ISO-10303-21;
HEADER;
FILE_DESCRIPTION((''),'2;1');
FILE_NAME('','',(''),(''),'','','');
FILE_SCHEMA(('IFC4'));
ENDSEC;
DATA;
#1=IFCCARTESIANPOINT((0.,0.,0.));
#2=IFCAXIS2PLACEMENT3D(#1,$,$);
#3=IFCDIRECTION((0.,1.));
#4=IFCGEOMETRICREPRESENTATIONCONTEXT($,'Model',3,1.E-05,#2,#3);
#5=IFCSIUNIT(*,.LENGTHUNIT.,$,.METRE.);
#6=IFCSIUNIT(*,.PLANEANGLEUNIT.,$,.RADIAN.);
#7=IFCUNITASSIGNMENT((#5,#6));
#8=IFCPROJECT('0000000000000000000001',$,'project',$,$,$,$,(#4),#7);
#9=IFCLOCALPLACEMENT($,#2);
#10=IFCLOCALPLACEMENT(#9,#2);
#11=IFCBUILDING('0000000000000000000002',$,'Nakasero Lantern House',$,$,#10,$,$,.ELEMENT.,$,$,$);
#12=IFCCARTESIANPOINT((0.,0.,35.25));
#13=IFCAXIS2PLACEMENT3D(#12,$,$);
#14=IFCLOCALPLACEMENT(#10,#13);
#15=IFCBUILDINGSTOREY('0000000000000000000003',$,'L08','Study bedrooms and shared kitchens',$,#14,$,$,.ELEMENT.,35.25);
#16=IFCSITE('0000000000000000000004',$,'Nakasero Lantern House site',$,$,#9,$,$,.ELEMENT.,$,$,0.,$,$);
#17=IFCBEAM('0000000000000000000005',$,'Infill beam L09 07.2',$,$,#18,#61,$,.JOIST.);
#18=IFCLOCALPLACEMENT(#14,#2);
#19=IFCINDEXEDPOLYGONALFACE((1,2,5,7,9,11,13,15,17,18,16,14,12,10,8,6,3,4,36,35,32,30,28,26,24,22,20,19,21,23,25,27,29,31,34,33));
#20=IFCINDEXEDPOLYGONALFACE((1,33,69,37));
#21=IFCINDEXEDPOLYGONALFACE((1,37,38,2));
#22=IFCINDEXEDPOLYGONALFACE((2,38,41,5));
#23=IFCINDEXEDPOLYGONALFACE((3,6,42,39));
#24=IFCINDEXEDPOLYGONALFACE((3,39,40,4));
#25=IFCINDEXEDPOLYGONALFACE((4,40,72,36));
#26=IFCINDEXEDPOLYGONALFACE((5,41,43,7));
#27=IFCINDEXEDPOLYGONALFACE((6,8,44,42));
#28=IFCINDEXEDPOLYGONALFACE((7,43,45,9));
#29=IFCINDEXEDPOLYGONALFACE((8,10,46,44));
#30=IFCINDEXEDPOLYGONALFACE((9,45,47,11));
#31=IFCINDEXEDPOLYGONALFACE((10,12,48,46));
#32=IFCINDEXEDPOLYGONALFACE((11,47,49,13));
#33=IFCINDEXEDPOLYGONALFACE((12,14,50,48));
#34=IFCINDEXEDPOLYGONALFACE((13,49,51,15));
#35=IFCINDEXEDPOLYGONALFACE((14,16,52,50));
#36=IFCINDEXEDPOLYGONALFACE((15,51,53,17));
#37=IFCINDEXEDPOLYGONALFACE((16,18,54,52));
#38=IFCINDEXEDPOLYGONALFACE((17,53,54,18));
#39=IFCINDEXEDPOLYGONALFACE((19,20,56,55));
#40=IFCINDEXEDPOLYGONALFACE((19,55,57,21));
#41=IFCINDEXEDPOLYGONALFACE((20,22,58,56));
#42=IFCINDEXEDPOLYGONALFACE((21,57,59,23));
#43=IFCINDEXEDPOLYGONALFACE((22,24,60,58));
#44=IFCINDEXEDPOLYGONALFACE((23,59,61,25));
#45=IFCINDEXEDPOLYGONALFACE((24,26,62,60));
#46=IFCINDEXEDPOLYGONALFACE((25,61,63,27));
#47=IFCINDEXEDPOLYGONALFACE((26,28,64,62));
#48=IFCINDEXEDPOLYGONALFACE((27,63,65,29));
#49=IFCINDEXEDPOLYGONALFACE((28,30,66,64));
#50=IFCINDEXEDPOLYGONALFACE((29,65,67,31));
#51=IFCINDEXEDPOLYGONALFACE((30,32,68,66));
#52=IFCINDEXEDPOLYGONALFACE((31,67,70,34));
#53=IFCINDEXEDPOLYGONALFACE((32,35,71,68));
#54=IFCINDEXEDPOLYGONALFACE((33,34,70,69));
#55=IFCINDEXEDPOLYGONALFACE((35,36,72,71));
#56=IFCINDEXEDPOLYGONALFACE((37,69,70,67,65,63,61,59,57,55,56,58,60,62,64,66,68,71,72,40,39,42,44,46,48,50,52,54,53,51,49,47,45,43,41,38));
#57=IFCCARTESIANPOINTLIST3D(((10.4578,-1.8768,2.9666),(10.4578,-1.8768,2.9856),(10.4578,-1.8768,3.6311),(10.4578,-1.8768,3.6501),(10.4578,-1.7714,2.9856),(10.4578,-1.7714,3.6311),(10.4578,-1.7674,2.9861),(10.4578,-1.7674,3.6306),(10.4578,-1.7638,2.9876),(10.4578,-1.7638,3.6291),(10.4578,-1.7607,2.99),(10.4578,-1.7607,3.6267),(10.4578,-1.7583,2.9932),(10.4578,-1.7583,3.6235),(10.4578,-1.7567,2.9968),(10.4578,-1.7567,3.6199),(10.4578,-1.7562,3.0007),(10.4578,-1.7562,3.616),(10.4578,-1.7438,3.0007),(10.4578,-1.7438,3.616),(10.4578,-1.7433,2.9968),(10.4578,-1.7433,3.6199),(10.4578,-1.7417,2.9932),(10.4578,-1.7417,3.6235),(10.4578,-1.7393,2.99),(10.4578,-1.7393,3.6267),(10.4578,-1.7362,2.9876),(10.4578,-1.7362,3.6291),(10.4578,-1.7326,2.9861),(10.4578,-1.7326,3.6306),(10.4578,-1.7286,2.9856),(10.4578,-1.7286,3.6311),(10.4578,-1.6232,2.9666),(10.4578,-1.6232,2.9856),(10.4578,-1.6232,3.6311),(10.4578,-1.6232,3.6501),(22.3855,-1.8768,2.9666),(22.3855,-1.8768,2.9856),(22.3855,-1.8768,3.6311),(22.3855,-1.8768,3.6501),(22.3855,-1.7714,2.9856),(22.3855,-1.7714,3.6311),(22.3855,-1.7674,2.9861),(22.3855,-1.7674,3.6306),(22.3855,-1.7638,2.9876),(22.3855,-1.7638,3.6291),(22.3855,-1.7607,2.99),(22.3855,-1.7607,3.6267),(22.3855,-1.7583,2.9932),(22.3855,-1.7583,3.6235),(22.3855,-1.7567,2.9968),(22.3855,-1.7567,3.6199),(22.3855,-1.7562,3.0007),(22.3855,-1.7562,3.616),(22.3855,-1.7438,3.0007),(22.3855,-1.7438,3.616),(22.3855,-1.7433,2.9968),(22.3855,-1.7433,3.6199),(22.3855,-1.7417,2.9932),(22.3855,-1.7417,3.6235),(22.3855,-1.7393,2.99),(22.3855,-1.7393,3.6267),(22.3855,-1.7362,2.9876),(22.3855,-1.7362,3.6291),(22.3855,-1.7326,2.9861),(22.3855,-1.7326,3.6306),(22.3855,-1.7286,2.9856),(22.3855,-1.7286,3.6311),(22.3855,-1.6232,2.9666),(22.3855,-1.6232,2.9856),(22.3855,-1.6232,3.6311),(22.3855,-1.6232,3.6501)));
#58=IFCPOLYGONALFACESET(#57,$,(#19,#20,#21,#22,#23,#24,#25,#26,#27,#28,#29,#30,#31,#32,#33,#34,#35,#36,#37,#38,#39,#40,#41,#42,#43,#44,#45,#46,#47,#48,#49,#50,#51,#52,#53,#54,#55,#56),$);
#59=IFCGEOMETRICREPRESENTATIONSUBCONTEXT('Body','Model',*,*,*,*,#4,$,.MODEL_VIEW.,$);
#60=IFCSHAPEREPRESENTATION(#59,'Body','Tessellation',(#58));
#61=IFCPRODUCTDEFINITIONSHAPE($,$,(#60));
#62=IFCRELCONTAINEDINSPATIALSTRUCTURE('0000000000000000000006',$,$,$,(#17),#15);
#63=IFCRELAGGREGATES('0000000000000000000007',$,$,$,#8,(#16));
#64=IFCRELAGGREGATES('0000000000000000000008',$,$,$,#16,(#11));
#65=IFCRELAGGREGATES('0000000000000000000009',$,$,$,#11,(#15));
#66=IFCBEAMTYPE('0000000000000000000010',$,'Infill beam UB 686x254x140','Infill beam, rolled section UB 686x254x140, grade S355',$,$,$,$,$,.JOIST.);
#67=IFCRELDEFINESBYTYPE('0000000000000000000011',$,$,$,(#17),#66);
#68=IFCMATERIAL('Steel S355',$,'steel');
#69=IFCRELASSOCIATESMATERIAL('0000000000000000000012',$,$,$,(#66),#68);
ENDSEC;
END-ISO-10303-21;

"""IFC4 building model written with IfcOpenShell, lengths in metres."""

from ifc_helpers import new_model, si_unit, direction, frame, origin, origin_2d, place, context, subcontext, project, spatial, i_section, extrude, material, material_profile, profile_set, type_object, element, save


model = new_model("IFC4")

# Units and contexts
model_context = context("Model", 3, precision=1e-05, world=origin(), true_north=direction((0.0, 1.0)))
body_context = subcontext(model_context, "Body", "Model", "MODEL_VIEW")
ifc_project = project(units=[si_unit("LENGTHUNIT", "METRE"), si_unit("PLANEANGLEUNIT", "RADIAN")], contexts=[model_context])

# Site, building, storey
site_placement = place(None, origin())
site = spatial("IfcSite", under=ifc_project, at=site_placement, Name="Nakasero Lantern House site", CompositionType="ELEMENT", RefElevation=0.0)
building_placement = place(site_placement, origin())
building = spatial("IfcBuilding", under=site, at=building_placement, Name="Nakasero Lantern House", CompositionType="ELEMENT")
storey_placement = place(building_placement, frame((0.0, 0.0, 35.25)))
storey = spatial("IfcBuildingStorey", under=building, at=storey_placement, Name="L08", Description="Study bedrooms and shared kitchens", CompositionType="ELEMENT", Elevation=35.25)

# Beam
ifc_material_1 = material(Name="Steel S355", Category="steel")
ifc_material_profile_1 = material_profile(ifc_material_1, i_section(OverallWidth=0.2537, OverallDepth=0.6836, WebThickness=0.0125, FlangeThickness=0.019, FilletRadius=0.0151, at=origin_2d()), Name="UB 686x254x140")
ifc_profile_set_1 = profile_set([ifc_material_profile_1], Name="Steel S355")
beam_type_1 = type_object("IfcBeamType", Name="Infill beam UB 686x254x140", Description="Infill beam, rolled section UB 686x254x140, grade S355", PredefinedType="JOIST", material=ifc_profile_set_1)
beam_1_placement = place(storey_placement, frame((10.4578, -1.75, 3.3083), z_axis=(1.0, 0.0, 0.0), x_axis=(0.0, 1.0, 0.0)))
element("IfcBeam", 1, at=beam_1_placement, inside=storey, type_object=beam_type_1, Name="Infill beam L09 07.2", PredefinedType="JOIST", context=body_context, shape_type="SweptSolid", body=[
    extrude(i_section(OverallWidth=0.2537, OverallDepth=0.6836, WebThickness=0.0125, FlangeThickness=0.019, FilletRadius=0.0151, at=origin_2d()), origin(), (0.0, 0.0, 1.0), 11.9277),
])

save(model, "model.ifc")
